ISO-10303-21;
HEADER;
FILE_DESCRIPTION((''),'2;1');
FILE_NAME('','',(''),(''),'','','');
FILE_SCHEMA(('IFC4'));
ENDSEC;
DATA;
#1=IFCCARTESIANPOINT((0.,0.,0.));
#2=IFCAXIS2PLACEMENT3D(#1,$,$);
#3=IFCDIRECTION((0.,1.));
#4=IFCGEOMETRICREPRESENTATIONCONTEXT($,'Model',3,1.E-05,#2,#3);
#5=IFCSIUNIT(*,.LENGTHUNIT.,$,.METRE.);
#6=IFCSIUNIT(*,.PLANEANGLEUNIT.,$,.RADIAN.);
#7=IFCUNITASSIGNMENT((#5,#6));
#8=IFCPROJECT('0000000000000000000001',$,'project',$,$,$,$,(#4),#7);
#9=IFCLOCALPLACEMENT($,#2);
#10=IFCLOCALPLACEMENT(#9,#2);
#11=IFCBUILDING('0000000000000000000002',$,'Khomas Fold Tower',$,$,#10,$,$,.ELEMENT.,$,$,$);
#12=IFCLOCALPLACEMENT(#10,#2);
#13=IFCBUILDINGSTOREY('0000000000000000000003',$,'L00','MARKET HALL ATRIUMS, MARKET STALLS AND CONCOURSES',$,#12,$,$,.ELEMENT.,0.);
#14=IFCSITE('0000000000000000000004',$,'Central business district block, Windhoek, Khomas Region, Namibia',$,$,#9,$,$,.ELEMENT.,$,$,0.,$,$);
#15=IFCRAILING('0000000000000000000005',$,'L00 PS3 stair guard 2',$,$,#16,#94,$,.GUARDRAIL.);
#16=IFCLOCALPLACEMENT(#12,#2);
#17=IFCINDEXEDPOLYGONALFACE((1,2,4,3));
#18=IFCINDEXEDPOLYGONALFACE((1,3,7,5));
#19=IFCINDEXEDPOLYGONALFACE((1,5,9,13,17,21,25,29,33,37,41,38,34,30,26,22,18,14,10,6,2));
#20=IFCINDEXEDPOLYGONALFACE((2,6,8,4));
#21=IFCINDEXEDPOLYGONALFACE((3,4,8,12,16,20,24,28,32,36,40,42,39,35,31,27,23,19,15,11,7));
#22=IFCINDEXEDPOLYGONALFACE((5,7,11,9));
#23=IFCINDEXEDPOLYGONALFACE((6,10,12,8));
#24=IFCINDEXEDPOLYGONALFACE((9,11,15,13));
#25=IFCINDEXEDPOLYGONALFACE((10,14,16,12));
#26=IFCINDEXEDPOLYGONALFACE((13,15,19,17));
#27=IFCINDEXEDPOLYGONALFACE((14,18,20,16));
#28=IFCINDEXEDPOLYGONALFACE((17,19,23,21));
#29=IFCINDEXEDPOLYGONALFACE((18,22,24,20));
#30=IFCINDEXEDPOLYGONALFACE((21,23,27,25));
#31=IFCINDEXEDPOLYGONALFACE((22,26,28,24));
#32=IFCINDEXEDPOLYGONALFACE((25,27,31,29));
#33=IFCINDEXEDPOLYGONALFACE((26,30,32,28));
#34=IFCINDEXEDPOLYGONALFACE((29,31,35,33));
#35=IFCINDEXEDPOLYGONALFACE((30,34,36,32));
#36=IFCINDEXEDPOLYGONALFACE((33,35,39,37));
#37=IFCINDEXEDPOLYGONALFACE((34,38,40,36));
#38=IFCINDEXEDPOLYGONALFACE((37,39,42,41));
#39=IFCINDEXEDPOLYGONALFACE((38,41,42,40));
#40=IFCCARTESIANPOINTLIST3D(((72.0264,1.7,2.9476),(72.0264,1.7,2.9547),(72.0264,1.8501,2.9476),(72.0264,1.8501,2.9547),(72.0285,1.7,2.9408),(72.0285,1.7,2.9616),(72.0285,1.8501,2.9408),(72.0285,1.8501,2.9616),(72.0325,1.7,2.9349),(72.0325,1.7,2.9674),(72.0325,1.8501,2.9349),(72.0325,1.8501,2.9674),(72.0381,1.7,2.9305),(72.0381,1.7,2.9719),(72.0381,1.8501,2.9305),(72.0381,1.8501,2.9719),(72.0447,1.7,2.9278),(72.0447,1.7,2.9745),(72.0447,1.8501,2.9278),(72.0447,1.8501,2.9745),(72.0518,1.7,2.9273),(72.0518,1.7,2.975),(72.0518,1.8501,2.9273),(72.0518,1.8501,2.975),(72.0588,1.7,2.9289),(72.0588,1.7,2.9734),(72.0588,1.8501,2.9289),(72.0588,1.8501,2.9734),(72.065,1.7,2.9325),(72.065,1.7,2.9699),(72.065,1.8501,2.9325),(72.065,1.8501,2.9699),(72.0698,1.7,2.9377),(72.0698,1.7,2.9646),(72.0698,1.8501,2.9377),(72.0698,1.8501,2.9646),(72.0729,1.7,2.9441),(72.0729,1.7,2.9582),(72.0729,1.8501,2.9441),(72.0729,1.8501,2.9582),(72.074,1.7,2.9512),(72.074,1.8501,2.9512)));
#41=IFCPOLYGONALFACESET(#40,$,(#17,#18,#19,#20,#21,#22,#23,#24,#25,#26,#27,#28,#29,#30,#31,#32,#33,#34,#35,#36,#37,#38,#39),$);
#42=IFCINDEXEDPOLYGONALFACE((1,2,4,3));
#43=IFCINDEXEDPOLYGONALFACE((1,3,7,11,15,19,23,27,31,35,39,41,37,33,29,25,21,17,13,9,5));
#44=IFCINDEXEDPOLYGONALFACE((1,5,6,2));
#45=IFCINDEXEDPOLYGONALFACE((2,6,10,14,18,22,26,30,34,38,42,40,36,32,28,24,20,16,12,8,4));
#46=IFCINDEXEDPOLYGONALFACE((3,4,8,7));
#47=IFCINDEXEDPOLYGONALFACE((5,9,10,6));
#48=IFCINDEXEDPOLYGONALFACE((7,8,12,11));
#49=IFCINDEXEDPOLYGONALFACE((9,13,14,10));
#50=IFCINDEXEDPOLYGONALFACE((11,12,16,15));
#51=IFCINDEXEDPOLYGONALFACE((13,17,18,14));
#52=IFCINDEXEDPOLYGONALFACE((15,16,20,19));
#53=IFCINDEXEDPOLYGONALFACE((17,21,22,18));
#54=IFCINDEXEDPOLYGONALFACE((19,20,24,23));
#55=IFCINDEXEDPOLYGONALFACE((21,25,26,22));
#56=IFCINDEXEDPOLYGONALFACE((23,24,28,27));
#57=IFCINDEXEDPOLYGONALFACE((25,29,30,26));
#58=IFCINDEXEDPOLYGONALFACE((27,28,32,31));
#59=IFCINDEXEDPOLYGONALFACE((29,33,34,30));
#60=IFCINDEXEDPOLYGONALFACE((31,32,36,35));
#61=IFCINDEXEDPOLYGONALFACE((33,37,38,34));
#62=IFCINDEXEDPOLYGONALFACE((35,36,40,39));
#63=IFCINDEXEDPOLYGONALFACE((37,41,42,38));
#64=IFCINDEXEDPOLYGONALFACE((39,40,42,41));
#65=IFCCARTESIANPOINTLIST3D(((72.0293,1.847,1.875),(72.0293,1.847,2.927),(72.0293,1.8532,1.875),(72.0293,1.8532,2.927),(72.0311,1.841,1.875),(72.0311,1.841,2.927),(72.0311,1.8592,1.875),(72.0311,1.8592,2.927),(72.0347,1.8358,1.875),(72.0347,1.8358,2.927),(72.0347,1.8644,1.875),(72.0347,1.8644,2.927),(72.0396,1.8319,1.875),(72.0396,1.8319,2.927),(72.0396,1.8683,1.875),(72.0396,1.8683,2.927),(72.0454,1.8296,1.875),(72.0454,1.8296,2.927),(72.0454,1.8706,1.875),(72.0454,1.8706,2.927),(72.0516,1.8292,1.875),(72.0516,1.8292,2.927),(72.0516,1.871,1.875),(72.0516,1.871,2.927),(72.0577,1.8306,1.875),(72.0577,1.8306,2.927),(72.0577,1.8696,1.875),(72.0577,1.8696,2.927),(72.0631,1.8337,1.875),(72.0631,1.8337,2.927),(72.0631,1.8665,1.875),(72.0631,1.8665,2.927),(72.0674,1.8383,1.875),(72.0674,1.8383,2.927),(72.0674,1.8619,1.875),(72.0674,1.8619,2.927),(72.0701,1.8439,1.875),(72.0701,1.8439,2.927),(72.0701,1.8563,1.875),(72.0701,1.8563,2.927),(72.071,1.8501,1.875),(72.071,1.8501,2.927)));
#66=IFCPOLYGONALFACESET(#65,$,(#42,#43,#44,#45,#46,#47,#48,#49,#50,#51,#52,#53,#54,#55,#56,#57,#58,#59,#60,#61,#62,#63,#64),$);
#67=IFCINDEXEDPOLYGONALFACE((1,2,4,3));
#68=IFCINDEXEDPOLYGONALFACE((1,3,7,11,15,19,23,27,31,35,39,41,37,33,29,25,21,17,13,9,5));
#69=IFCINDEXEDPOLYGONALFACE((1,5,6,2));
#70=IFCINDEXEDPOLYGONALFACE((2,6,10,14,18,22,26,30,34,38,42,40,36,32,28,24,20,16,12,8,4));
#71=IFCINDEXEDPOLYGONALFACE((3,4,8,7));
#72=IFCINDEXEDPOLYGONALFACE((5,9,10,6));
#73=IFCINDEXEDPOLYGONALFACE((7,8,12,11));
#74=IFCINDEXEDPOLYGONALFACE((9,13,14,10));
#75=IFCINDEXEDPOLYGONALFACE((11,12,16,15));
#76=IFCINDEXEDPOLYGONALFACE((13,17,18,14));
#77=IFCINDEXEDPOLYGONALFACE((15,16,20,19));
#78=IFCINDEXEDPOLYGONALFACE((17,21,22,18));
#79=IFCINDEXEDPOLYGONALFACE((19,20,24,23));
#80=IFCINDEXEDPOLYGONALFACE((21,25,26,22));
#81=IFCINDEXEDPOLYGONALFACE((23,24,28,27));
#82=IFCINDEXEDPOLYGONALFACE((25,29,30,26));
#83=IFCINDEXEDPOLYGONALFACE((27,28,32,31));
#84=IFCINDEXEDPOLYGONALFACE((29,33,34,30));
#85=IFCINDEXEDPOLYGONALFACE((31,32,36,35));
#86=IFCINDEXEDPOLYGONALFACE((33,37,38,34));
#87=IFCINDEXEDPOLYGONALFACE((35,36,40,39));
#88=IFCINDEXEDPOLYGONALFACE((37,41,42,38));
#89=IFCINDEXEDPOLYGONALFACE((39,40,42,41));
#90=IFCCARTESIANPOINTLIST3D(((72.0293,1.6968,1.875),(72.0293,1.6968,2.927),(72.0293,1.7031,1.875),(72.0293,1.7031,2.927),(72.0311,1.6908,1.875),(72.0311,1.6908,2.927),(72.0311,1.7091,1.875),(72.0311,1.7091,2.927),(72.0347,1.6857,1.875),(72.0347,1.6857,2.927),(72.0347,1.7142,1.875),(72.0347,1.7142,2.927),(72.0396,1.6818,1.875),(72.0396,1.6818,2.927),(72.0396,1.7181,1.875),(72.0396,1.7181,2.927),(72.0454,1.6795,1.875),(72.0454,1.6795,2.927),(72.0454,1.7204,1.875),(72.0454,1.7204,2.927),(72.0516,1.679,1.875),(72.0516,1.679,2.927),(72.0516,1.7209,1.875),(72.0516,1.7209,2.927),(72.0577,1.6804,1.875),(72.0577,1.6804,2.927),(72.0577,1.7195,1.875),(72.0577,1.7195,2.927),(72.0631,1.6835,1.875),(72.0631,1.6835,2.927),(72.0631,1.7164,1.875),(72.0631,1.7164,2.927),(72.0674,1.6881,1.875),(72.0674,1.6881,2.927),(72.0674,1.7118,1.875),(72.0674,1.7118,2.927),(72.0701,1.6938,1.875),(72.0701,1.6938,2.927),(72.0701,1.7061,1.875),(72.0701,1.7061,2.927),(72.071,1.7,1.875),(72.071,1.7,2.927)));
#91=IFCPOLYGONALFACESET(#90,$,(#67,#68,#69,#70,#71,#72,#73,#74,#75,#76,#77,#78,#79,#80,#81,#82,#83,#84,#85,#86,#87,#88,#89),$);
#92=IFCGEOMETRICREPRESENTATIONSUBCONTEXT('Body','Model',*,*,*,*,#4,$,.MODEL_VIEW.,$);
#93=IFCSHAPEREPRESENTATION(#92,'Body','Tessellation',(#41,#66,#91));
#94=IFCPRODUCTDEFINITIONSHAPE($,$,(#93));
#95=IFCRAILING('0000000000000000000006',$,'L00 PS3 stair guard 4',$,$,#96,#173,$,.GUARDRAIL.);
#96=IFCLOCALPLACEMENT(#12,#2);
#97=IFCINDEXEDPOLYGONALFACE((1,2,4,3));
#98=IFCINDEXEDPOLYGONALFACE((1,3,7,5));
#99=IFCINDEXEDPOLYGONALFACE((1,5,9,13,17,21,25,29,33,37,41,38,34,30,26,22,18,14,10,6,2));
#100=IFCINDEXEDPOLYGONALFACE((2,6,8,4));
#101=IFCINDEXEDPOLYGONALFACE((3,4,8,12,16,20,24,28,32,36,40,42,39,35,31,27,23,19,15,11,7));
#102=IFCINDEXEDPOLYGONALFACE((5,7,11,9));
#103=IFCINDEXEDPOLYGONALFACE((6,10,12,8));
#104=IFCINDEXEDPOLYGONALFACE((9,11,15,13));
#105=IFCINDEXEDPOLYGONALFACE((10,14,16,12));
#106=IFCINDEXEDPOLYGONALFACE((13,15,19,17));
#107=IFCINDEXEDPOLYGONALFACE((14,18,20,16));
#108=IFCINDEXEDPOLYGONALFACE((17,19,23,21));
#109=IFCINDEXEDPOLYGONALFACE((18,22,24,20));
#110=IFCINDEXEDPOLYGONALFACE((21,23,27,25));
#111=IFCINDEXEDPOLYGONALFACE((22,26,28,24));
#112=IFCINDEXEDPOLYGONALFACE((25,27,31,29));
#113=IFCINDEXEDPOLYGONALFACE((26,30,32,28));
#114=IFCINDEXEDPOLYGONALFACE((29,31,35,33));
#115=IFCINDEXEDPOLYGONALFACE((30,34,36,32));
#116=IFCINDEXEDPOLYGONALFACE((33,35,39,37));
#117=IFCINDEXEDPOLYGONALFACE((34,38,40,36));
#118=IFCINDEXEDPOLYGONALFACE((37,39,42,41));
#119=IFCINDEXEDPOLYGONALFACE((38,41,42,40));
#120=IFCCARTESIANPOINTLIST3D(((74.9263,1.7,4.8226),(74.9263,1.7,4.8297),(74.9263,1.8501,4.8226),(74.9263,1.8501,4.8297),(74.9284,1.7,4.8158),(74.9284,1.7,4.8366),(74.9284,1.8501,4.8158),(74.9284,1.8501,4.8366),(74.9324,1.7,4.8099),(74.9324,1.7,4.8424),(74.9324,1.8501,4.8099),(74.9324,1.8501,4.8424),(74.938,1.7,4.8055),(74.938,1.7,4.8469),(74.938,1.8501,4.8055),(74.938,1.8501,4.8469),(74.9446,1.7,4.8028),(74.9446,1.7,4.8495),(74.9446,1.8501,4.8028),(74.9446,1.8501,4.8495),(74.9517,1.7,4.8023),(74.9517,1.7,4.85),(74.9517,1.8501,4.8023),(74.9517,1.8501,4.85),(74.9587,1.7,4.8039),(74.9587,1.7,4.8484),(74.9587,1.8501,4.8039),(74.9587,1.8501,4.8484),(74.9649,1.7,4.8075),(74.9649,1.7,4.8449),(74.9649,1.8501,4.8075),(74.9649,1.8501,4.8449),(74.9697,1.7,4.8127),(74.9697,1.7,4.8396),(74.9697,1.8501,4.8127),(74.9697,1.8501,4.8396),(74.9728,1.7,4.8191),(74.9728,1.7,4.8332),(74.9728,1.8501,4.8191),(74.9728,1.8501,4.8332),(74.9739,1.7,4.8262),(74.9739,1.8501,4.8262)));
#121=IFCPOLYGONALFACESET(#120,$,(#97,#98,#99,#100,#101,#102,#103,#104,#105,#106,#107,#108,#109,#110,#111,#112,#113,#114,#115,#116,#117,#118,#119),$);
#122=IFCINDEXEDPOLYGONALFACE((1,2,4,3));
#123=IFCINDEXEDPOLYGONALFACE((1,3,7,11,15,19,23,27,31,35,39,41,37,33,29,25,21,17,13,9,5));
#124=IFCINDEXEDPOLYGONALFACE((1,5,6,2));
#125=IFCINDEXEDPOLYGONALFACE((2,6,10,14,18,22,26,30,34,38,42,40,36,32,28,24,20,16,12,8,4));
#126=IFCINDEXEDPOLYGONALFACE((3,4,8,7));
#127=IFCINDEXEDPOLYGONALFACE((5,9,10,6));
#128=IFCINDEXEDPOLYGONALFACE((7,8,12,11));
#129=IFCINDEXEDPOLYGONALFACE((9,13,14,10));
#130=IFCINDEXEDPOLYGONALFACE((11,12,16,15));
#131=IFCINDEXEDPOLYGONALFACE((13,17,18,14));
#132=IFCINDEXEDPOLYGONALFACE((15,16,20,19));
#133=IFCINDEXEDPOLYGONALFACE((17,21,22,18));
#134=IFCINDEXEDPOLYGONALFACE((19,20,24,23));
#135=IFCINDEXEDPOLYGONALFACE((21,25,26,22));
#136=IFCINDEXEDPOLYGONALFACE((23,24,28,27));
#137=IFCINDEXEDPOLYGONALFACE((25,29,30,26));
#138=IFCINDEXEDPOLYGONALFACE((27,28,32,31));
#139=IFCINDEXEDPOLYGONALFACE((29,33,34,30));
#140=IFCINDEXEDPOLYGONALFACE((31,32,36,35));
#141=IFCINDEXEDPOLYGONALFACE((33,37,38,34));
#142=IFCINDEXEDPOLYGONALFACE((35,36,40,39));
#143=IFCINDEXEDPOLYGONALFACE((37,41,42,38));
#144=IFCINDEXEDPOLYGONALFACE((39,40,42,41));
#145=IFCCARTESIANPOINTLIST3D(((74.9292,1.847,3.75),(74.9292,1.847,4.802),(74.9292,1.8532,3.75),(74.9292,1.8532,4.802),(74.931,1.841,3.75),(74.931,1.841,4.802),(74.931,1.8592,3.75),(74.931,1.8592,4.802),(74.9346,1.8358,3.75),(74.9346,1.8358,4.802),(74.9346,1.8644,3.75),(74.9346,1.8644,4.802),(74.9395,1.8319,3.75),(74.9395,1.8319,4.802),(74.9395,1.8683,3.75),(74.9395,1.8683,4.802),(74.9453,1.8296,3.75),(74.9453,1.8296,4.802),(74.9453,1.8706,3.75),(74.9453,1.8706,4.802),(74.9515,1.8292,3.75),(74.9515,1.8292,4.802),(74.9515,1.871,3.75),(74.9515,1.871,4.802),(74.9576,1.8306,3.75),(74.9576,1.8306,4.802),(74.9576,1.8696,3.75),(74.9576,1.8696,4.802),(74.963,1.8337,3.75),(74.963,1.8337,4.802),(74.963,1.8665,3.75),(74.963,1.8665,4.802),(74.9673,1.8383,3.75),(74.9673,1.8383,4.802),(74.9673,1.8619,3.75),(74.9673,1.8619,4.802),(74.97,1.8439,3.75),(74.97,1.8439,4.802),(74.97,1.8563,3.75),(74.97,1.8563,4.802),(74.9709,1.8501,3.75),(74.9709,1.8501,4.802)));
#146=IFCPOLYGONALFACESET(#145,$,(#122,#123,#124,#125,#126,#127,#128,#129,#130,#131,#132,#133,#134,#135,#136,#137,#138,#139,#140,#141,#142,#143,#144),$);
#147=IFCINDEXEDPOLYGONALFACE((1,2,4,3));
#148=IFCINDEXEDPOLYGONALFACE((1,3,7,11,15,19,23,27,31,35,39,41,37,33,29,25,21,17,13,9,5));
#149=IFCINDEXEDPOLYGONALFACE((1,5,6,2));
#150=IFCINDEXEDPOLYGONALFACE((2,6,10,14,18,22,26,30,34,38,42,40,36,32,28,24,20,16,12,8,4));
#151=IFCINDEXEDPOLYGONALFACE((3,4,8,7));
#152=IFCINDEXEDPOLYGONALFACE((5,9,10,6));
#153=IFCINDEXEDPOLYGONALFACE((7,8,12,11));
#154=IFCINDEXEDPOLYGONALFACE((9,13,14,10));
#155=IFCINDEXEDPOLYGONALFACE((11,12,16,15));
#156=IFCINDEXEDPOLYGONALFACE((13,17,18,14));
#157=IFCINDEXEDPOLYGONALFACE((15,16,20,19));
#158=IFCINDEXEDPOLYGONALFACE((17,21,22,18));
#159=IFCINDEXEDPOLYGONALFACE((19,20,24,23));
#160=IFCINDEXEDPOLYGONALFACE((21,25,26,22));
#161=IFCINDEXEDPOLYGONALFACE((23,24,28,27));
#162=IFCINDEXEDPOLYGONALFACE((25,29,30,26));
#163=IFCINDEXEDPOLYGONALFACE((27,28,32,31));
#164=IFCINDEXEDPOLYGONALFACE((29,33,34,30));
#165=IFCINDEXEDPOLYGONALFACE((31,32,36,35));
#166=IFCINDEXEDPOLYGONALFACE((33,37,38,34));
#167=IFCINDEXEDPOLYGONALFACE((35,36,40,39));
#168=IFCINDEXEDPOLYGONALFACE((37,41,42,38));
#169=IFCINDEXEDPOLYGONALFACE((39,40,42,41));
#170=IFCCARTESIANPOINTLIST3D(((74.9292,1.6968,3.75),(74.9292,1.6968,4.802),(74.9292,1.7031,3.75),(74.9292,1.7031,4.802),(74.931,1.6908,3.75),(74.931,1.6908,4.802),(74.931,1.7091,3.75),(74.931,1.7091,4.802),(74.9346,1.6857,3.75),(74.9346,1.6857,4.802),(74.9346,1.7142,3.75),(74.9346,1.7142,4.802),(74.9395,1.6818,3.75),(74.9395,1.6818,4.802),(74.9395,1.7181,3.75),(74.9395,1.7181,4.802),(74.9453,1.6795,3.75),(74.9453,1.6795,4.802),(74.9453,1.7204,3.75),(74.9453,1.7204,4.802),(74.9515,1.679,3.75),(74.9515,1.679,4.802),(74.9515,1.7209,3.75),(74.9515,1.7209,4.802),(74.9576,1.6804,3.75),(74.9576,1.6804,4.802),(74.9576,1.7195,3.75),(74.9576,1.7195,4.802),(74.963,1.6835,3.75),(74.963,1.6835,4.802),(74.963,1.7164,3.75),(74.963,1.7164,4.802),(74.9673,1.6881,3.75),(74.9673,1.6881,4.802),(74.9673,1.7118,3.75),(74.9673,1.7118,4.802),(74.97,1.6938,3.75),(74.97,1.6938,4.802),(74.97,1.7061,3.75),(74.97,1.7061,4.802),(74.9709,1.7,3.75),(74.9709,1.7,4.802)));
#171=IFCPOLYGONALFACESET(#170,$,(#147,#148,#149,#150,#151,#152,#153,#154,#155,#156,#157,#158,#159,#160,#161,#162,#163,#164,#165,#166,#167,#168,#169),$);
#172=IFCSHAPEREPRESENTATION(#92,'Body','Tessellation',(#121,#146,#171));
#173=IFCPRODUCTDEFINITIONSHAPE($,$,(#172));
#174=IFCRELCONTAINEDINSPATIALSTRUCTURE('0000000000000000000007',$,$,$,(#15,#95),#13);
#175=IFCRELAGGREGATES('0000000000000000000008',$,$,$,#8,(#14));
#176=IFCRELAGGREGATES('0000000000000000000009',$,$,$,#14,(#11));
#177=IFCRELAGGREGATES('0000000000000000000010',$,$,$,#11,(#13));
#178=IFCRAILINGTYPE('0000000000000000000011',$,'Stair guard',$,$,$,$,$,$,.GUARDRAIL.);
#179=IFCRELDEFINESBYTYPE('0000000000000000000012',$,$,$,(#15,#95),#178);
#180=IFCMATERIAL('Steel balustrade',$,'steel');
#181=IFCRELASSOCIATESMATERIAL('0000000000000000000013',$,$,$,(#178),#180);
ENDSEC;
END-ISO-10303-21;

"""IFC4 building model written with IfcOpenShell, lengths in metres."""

from ifc_helpers import new_model, si_unit, direction, frame, origin, origin_2d, place, context, subcontext, project, spatial, circle, extrude, source, transform, mapped, material, type_object, element, save


model = new_model("IFC4")

# Units and contexts
model_context = context("Model", 3, precision=1e-05, world=origin(), true_north=direction((0.0, 1.0)))
body_context = subcontext(model_context, "Body", "Model", "MODEL_VIEW")
ifc_project = project(units=[si_unit("LENGTHUNIT", "METRE"), si_unit("PLANEANGLEUNIT", "RADIAN")], contexts=[model_context])

# Site, building, storey
site_placement = place(None, origin())
site = spatial("IfcSite", under=ifc_project, at=site_placement, Name="Central business district block, Windhoek, Khomas Region, Namibia", CompositionType="ELEMENT", RefElevation=0.0)
building_placement = place(site_placement, origin())
building = spatial("IfcBuilding", under=site, at=building_placement, Name="Khomas Fold Tower", CompositionType="ELEMENT")
storey_placement = place(building_placement, origin())
storey = spatial("IfcBuildingStorey", under=building, at=storey_placement, Name="L00", Description="MARKET HALL ATRIUMS, MARKET STALLS AND CONCOURSES", CompositionType="ELEMENT", Elevation=0.0)

# Railings
ifc_material_1 = material(Name="Steel balustrade", Category="steel")
railing_type_1 = type_object("IfcRailingType", Name="Stair guard", PredefinedType="GUARDRAIL", material=ifc_material_1)
shared_shape_1 = source(origin(), body_context, "Body", "SweptSolid", [
    extrude(circle(Radius=0.0239, at=origin_2d()), frame((0.0, 0.0, 1.0762), z_axis=(0.0, -1.0, 0.0), x_axis=(1.0, 0.0, 0.0)), (0.0, 0.0, 1.0), 0.1501),
    extrude(circle(Radius=0.021, at=origin_2d()), origin(), (0.0, 0.0, 1.0), 1.052),
    extrude(circle(Radius=0.021, at=origin_2d()), frame((0.0, -0.1501, 0.0)), (0.0, 0.0, 1.0), 1.052),
])
for number, where, name in (
    (1, (72.05, 1.8501, 1.875), "L00 PS3 stair guard 2"),
    (2, (74.95, 1.8501, 3.75), "L00 PS3 stair guard 4"),
):
    element("IfcRailing", number, at=place(storey_placement, frame(where)), inside=storey, type_object=railing_type_1, Name=name, PredefinedType="GUARDRAIL", context=body_context, shape_type="MappedRepresentation", body=[
        mapped(shared_shape_1, transform((0.0, 0.0, 0.0))),
    ])

save(model, "model.ifc")
